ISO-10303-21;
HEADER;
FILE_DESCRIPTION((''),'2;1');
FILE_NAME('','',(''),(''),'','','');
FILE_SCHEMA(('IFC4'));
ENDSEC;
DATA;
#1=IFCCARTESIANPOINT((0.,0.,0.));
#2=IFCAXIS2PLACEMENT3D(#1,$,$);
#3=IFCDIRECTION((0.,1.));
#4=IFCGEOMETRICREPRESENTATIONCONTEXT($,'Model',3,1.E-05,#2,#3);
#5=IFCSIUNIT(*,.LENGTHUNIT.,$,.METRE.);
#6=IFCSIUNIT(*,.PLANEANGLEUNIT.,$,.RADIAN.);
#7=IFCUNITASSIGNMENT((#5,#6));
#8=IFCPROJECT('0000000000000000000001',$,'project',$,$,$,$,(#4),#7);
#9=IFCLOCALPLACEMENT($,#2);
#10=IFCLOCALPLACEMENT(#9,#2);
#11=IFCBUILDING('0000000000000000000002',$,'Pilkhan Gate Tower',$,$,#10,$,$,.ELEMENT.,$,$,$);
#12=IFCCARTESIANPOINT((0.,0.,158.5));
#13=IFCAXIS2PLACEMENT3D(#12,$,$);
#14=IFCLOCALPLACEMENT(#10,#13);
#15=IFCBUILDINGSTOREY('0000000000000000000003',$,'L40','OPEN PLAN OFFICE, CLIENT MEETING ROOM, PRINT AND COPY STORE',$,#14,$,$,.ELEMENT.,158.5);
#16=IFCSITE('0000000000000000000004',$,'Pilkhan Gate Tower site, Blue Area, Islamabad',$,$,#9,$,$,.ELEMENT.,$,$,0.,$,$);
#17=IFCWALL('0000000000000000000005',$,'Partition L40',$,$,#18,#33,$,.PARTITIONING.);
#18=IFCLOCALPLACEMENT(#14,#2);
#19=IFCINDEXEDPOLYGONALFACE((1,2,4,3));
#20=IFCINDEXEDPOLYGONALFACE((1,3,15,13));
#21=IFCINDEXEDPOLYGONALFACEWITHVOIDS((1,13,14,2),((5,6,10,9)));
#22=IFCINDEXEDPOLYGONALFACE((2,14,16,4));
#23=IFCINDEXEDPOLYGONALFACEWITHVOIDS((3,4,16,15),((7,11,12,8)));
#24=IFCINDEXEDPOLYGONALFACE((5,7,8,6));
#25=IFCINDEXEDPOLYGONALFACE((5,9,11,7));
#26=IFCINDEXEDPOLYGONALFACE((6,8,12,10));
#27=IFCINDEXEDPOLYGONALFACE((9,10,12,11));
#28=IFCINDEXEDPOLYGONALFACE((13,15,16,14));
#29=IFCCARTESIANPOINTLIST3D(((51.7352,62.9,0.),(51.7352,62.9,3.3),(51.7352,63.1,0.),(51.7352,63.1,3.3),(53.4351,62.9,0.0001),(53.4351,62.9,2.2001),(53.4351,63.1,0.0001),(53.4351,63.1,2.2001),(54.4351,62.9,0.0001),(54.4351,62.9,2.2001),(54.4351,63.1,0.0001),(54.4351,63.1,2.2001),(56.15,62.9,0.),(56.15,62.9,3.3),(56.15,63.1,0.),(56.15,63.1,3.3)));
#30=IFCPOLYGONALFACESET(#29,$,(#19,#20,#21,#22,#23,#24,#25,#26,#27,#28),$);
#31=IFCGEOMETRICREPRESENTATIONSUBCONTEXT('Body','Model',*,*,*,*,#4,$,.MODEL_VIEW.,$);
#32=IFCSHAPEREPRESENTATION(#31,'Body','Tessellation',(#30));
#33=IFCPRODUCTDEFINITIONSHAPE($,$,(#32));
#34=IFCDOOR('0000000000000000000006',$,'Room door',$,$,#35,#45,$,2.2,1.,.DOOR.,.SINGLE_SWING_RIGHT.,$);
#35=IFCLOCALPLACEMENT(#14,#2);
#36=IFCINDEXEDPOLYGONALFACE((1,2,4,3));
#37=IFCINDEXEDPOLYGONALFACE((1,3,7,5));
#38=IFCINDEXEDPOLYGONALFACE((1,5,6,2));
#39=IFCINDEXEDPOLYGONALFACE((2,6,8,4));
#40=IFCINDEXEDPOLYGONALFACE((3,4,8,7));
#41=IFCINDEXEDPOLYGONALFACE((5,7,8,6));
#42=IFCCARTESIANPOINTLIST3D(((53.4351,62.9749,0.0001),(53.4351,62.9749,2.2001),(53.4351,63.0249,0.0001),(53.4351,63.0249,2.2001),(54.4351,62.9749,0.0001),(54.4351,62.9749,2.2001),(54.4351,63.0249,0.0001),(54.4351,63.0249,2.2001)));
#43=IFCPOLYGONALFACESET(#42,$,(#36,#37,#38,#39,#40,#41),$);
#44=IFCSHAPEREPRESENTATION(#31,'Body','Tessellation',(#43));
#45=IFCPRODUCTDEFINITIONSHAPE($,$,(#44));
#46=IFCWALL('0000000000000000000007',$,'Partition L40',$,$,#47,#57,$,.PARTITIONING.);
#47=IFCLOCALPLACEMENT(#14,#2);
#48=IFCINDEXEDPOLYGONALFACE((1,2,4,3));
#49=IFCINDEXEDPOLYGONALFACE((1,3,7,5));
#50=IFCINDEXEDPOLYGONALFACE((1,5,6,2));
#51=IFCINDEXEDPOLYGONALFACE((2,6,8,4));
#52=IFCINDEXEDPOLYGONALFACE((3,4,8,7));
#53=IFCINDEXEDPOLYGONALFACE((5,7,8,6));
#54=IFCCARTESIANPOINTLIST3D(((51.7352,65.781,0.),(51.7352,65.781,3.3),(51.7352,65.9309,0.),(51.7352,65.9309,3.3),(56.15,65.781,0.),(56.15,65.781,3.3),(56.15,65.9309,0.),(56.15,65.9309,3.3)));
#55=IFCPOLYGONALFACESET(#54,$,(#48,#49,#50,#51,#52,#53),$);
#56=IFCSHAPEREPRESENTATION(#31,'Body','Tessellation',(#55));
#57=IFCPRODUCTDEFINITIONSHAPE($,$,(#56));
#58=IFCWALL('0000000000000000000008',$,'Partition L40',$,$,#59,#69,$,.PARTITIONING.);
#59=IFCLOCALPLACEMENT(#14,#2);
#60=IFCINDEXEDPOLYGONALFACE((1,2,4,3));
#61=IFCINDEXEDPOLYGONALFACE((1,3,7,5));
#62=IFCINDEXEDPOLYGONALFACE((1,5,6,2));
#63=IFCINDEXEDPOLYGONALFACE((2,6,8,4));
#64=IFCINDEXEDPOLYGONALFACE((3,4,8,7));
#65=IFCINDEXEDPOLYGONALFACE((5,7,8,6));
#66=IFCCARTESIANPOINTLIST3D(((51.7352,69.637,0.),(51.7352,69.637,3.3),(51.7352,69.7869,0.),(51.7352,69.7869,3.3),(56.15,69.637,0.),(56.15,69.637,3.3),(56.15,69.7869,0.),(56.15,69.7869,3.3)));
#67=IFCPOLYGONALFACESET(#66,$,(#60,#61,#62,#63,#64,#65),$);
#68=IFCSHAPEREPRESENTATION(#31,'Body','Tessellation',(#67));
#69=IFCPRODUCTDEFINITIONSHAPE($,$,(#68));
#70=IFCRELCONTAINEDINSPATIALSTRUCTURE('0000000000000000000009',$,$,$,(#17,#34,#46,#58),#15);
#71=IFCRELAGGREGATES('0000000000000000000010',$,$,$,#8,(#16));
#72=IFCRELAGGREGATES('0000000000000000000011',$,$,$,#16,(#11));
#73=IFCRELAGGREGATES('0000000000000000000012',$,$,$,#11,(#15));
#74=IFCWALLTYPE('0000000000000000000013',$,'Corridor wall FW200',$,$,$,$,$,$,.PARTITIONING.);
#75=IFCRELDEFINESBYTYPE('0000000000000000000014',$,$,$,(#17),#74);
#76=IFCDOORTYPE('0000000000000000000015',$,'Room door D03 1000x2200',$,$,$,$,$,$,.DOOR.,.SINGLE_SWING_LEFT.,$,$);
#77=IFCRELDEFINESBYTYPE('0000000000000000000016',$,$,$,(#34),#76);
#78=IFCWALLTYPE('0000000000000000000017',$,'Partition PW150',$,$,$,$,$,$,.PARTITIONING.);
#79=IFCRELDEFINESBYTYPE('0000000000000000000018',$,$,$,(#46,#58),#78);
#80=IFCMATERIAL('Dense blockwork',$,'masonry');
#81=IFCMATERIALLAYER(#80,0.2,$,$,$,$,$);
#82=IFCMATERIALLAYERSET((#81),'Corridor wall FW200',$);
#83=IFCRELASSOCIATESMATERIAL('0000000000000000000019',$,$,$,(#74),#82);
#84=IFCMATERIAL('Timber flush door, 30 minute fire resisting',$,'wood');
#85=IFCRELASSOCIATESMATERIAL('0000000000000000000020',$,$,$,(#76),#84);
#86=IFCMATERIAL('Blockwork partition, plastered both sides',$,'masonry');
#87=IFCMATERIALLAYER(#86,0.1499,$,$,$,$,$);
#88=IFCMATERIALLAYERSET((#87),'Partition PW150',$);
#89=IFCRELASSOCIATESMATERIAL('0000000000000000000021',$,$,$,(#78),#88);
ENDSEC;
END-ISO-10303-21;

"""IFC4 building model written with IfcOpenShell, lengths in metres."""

from ifc_helpers import new_model, si_unit, direction, frame, frame_2d, origin, place, context, subcontext, project, spatial, rectangle, extrude, material, layer, layer_set, type_object, element, fill, save


model = new_model("IFC4")

# Units and contexts
model_context = context("Model", 3, precision=1e-05, world=origin(), true_north=direction((0.0, 1.0)))
body_context = subcontext(model_context, "Body", "Model", "MODEL_VIEW")
ifc_project = project(units=[si_unit("LENGTHUNIT", "METRE"), si_unit("PLANEANGLEUNIT", "RADIAN")], contexts=[model_context])

# Site, building, storey
site_placement = place(None, origin())
site = spatial("IfcSite", under=ifc_project, at=site_placement, Name="Pilkhan Gate Tower site, Blue Area, Islamabad", CompositionType="ELEMENT", RefElevation=0.0)
building_placement = place(site_placement, origin())
building = spatial("IfcBuilding", under=site, at=building_placement, Name="Pilkhan Gate Tower", CompositionType="ELEMENT")
storey_placement = place(building_placement, frame((0.0, 0.0, 158.5)))
storey = spatial("IfcBuildingStorey", under=building, at=storey_placement, Name="L40", Description="OPEN PLAN OFFICE, CLIENT MEETING ROOM, PRINT AND COPY STORE", CompositionType="ELEMENT", Elevation=158.5)

# Shared definitions
ifc_material_1 = material(Name="Dense blockwork", Category="masonry")
ifc_layer_1 = layer(ifc_material_1, 0.2)
ifc_layer_set_1 = layer_set([ifc_layer_1], Name="Corridor wall FW200")
wall_type_1 = type_object("IfcWallType", Name="Corridor wall FW200", PredefinedType="PARTITIONING", material=ifc_layer_set_1)
ifc_material_2 = material(Name="Timber flush door, 30 minute fire resisting", Category="wood")
door_type = type_object("IfcDoorType", Name="Room door D03 1000x2200", OperationType="SINGLE_SWING_LEFT", PredefinedType="DOOR", material=ifc_material_2)

# Wall, opening, door
wall_1_placement = place(storey_placement, frame((51.7351, 63.0, 0.0), z_axis=(0.0, 0.0, 1.0), x_axis=(1.0, 0.0, 0.0)))
wall_1 = element("IfcWall", 1, at=wall_1_placement, inside=storey, type_object=wall_type_1, Name="Partition L40", PredefinedType="PARTITIONING", context=body_context, shape_type="SweptSolid", body=[
    extrude(rectangle(XDim=4.4148, YDim=0.2, at=frame_2d((2.2075, 0.0))), origin(), (0.0, 0.0, 1.0), 3.3),
])
opening_1_placement = place(wall_1_placement, frame((1.7, 0.0, 0.0)))
opening_1 = element("IfcOpeningElement", 2, at=opening_1_placement, cuts=wall_1, PredefinedType="OPENING", context=body_context, shape_type="SweptSolid", body=[
    extrude(rectangle(XDim=1.0, YDim=2.2, at=frame_2d((0.5, 1.1001))), frame((0.0, 0.1099, 0.0), z_axis=(0.0, -1.0, 0.0), x_axis=(1.0, 0.0, 0.0)), (0.0, 0.0, 1.0), 0.22),
])
door_1_placement = place(opening_1_placement, origin())
door_1 = element("IfcDoor", 3, at=door_1_placement, inside=storey, type_object=door_type, Name="Room door", OperationType="SINGLE_SWING_RIGHT", OverallHeight=2.2, OverallWidth=1.0, PredefinedType="DOOR", context=body_context, shape_type="SweptSolid", body=[
    extrude(rectangle(XDim=1.0, YDim=2.2, at=frame_2d((0.5, 1.1001))), frame((0.0, 0.0249, 0.0), z_axis=(0.0, -1.0, 0.0), x_axis=(1.0, 0.0, 0.0)), (0.0, 0.0, 1.0), 0.05),
])
fill(opening_1, door_1)

# Walls
ifc_material_3 = material(Name="Blockwork partition, plastered both sides", Category="masonry")
ifc_layer_2 = layer(ifc_material_3, 0.1499)
ifc_layer_set_2 = layer_set([ifc_layer_2], Name="Partition PW150")
wall_type_2 = type_object("IfcWallType", Name="Partition PW150", PredefinedType="PARTITIONING", material=ifc_layer_set_2)
for number, where, z_axis, x_axis, name in (
    (4, (51.7351, 65.856, 0.0), (0.0, 0.0, 1.0), (1.0, 0.0, 0.0), "Partition L40"),
    (5, (51.7351, 69.7119, 0.0), (0.0, 0.0, 1.0), (1.0, 0.0, 0.0), "Partition L40"),
):
    element("IfcWall", number, at=place(storey_placement, frame(where, z_axis=z_axis, x_axis=x_axis)), inside=storey, type_object=wall_type_2, Name=name, PredefinedType="PARTITIONING", context=body_context, shape_type="SweptSolid", body=[
        extrude(rectangle(XDim=4.4148, YDim=0.1499, at=frame_2d((2.2075, 0.0))), origin(), (0.0, 0.0, 1.0), 3.3),
    ])

save(model, "model.ifc")
